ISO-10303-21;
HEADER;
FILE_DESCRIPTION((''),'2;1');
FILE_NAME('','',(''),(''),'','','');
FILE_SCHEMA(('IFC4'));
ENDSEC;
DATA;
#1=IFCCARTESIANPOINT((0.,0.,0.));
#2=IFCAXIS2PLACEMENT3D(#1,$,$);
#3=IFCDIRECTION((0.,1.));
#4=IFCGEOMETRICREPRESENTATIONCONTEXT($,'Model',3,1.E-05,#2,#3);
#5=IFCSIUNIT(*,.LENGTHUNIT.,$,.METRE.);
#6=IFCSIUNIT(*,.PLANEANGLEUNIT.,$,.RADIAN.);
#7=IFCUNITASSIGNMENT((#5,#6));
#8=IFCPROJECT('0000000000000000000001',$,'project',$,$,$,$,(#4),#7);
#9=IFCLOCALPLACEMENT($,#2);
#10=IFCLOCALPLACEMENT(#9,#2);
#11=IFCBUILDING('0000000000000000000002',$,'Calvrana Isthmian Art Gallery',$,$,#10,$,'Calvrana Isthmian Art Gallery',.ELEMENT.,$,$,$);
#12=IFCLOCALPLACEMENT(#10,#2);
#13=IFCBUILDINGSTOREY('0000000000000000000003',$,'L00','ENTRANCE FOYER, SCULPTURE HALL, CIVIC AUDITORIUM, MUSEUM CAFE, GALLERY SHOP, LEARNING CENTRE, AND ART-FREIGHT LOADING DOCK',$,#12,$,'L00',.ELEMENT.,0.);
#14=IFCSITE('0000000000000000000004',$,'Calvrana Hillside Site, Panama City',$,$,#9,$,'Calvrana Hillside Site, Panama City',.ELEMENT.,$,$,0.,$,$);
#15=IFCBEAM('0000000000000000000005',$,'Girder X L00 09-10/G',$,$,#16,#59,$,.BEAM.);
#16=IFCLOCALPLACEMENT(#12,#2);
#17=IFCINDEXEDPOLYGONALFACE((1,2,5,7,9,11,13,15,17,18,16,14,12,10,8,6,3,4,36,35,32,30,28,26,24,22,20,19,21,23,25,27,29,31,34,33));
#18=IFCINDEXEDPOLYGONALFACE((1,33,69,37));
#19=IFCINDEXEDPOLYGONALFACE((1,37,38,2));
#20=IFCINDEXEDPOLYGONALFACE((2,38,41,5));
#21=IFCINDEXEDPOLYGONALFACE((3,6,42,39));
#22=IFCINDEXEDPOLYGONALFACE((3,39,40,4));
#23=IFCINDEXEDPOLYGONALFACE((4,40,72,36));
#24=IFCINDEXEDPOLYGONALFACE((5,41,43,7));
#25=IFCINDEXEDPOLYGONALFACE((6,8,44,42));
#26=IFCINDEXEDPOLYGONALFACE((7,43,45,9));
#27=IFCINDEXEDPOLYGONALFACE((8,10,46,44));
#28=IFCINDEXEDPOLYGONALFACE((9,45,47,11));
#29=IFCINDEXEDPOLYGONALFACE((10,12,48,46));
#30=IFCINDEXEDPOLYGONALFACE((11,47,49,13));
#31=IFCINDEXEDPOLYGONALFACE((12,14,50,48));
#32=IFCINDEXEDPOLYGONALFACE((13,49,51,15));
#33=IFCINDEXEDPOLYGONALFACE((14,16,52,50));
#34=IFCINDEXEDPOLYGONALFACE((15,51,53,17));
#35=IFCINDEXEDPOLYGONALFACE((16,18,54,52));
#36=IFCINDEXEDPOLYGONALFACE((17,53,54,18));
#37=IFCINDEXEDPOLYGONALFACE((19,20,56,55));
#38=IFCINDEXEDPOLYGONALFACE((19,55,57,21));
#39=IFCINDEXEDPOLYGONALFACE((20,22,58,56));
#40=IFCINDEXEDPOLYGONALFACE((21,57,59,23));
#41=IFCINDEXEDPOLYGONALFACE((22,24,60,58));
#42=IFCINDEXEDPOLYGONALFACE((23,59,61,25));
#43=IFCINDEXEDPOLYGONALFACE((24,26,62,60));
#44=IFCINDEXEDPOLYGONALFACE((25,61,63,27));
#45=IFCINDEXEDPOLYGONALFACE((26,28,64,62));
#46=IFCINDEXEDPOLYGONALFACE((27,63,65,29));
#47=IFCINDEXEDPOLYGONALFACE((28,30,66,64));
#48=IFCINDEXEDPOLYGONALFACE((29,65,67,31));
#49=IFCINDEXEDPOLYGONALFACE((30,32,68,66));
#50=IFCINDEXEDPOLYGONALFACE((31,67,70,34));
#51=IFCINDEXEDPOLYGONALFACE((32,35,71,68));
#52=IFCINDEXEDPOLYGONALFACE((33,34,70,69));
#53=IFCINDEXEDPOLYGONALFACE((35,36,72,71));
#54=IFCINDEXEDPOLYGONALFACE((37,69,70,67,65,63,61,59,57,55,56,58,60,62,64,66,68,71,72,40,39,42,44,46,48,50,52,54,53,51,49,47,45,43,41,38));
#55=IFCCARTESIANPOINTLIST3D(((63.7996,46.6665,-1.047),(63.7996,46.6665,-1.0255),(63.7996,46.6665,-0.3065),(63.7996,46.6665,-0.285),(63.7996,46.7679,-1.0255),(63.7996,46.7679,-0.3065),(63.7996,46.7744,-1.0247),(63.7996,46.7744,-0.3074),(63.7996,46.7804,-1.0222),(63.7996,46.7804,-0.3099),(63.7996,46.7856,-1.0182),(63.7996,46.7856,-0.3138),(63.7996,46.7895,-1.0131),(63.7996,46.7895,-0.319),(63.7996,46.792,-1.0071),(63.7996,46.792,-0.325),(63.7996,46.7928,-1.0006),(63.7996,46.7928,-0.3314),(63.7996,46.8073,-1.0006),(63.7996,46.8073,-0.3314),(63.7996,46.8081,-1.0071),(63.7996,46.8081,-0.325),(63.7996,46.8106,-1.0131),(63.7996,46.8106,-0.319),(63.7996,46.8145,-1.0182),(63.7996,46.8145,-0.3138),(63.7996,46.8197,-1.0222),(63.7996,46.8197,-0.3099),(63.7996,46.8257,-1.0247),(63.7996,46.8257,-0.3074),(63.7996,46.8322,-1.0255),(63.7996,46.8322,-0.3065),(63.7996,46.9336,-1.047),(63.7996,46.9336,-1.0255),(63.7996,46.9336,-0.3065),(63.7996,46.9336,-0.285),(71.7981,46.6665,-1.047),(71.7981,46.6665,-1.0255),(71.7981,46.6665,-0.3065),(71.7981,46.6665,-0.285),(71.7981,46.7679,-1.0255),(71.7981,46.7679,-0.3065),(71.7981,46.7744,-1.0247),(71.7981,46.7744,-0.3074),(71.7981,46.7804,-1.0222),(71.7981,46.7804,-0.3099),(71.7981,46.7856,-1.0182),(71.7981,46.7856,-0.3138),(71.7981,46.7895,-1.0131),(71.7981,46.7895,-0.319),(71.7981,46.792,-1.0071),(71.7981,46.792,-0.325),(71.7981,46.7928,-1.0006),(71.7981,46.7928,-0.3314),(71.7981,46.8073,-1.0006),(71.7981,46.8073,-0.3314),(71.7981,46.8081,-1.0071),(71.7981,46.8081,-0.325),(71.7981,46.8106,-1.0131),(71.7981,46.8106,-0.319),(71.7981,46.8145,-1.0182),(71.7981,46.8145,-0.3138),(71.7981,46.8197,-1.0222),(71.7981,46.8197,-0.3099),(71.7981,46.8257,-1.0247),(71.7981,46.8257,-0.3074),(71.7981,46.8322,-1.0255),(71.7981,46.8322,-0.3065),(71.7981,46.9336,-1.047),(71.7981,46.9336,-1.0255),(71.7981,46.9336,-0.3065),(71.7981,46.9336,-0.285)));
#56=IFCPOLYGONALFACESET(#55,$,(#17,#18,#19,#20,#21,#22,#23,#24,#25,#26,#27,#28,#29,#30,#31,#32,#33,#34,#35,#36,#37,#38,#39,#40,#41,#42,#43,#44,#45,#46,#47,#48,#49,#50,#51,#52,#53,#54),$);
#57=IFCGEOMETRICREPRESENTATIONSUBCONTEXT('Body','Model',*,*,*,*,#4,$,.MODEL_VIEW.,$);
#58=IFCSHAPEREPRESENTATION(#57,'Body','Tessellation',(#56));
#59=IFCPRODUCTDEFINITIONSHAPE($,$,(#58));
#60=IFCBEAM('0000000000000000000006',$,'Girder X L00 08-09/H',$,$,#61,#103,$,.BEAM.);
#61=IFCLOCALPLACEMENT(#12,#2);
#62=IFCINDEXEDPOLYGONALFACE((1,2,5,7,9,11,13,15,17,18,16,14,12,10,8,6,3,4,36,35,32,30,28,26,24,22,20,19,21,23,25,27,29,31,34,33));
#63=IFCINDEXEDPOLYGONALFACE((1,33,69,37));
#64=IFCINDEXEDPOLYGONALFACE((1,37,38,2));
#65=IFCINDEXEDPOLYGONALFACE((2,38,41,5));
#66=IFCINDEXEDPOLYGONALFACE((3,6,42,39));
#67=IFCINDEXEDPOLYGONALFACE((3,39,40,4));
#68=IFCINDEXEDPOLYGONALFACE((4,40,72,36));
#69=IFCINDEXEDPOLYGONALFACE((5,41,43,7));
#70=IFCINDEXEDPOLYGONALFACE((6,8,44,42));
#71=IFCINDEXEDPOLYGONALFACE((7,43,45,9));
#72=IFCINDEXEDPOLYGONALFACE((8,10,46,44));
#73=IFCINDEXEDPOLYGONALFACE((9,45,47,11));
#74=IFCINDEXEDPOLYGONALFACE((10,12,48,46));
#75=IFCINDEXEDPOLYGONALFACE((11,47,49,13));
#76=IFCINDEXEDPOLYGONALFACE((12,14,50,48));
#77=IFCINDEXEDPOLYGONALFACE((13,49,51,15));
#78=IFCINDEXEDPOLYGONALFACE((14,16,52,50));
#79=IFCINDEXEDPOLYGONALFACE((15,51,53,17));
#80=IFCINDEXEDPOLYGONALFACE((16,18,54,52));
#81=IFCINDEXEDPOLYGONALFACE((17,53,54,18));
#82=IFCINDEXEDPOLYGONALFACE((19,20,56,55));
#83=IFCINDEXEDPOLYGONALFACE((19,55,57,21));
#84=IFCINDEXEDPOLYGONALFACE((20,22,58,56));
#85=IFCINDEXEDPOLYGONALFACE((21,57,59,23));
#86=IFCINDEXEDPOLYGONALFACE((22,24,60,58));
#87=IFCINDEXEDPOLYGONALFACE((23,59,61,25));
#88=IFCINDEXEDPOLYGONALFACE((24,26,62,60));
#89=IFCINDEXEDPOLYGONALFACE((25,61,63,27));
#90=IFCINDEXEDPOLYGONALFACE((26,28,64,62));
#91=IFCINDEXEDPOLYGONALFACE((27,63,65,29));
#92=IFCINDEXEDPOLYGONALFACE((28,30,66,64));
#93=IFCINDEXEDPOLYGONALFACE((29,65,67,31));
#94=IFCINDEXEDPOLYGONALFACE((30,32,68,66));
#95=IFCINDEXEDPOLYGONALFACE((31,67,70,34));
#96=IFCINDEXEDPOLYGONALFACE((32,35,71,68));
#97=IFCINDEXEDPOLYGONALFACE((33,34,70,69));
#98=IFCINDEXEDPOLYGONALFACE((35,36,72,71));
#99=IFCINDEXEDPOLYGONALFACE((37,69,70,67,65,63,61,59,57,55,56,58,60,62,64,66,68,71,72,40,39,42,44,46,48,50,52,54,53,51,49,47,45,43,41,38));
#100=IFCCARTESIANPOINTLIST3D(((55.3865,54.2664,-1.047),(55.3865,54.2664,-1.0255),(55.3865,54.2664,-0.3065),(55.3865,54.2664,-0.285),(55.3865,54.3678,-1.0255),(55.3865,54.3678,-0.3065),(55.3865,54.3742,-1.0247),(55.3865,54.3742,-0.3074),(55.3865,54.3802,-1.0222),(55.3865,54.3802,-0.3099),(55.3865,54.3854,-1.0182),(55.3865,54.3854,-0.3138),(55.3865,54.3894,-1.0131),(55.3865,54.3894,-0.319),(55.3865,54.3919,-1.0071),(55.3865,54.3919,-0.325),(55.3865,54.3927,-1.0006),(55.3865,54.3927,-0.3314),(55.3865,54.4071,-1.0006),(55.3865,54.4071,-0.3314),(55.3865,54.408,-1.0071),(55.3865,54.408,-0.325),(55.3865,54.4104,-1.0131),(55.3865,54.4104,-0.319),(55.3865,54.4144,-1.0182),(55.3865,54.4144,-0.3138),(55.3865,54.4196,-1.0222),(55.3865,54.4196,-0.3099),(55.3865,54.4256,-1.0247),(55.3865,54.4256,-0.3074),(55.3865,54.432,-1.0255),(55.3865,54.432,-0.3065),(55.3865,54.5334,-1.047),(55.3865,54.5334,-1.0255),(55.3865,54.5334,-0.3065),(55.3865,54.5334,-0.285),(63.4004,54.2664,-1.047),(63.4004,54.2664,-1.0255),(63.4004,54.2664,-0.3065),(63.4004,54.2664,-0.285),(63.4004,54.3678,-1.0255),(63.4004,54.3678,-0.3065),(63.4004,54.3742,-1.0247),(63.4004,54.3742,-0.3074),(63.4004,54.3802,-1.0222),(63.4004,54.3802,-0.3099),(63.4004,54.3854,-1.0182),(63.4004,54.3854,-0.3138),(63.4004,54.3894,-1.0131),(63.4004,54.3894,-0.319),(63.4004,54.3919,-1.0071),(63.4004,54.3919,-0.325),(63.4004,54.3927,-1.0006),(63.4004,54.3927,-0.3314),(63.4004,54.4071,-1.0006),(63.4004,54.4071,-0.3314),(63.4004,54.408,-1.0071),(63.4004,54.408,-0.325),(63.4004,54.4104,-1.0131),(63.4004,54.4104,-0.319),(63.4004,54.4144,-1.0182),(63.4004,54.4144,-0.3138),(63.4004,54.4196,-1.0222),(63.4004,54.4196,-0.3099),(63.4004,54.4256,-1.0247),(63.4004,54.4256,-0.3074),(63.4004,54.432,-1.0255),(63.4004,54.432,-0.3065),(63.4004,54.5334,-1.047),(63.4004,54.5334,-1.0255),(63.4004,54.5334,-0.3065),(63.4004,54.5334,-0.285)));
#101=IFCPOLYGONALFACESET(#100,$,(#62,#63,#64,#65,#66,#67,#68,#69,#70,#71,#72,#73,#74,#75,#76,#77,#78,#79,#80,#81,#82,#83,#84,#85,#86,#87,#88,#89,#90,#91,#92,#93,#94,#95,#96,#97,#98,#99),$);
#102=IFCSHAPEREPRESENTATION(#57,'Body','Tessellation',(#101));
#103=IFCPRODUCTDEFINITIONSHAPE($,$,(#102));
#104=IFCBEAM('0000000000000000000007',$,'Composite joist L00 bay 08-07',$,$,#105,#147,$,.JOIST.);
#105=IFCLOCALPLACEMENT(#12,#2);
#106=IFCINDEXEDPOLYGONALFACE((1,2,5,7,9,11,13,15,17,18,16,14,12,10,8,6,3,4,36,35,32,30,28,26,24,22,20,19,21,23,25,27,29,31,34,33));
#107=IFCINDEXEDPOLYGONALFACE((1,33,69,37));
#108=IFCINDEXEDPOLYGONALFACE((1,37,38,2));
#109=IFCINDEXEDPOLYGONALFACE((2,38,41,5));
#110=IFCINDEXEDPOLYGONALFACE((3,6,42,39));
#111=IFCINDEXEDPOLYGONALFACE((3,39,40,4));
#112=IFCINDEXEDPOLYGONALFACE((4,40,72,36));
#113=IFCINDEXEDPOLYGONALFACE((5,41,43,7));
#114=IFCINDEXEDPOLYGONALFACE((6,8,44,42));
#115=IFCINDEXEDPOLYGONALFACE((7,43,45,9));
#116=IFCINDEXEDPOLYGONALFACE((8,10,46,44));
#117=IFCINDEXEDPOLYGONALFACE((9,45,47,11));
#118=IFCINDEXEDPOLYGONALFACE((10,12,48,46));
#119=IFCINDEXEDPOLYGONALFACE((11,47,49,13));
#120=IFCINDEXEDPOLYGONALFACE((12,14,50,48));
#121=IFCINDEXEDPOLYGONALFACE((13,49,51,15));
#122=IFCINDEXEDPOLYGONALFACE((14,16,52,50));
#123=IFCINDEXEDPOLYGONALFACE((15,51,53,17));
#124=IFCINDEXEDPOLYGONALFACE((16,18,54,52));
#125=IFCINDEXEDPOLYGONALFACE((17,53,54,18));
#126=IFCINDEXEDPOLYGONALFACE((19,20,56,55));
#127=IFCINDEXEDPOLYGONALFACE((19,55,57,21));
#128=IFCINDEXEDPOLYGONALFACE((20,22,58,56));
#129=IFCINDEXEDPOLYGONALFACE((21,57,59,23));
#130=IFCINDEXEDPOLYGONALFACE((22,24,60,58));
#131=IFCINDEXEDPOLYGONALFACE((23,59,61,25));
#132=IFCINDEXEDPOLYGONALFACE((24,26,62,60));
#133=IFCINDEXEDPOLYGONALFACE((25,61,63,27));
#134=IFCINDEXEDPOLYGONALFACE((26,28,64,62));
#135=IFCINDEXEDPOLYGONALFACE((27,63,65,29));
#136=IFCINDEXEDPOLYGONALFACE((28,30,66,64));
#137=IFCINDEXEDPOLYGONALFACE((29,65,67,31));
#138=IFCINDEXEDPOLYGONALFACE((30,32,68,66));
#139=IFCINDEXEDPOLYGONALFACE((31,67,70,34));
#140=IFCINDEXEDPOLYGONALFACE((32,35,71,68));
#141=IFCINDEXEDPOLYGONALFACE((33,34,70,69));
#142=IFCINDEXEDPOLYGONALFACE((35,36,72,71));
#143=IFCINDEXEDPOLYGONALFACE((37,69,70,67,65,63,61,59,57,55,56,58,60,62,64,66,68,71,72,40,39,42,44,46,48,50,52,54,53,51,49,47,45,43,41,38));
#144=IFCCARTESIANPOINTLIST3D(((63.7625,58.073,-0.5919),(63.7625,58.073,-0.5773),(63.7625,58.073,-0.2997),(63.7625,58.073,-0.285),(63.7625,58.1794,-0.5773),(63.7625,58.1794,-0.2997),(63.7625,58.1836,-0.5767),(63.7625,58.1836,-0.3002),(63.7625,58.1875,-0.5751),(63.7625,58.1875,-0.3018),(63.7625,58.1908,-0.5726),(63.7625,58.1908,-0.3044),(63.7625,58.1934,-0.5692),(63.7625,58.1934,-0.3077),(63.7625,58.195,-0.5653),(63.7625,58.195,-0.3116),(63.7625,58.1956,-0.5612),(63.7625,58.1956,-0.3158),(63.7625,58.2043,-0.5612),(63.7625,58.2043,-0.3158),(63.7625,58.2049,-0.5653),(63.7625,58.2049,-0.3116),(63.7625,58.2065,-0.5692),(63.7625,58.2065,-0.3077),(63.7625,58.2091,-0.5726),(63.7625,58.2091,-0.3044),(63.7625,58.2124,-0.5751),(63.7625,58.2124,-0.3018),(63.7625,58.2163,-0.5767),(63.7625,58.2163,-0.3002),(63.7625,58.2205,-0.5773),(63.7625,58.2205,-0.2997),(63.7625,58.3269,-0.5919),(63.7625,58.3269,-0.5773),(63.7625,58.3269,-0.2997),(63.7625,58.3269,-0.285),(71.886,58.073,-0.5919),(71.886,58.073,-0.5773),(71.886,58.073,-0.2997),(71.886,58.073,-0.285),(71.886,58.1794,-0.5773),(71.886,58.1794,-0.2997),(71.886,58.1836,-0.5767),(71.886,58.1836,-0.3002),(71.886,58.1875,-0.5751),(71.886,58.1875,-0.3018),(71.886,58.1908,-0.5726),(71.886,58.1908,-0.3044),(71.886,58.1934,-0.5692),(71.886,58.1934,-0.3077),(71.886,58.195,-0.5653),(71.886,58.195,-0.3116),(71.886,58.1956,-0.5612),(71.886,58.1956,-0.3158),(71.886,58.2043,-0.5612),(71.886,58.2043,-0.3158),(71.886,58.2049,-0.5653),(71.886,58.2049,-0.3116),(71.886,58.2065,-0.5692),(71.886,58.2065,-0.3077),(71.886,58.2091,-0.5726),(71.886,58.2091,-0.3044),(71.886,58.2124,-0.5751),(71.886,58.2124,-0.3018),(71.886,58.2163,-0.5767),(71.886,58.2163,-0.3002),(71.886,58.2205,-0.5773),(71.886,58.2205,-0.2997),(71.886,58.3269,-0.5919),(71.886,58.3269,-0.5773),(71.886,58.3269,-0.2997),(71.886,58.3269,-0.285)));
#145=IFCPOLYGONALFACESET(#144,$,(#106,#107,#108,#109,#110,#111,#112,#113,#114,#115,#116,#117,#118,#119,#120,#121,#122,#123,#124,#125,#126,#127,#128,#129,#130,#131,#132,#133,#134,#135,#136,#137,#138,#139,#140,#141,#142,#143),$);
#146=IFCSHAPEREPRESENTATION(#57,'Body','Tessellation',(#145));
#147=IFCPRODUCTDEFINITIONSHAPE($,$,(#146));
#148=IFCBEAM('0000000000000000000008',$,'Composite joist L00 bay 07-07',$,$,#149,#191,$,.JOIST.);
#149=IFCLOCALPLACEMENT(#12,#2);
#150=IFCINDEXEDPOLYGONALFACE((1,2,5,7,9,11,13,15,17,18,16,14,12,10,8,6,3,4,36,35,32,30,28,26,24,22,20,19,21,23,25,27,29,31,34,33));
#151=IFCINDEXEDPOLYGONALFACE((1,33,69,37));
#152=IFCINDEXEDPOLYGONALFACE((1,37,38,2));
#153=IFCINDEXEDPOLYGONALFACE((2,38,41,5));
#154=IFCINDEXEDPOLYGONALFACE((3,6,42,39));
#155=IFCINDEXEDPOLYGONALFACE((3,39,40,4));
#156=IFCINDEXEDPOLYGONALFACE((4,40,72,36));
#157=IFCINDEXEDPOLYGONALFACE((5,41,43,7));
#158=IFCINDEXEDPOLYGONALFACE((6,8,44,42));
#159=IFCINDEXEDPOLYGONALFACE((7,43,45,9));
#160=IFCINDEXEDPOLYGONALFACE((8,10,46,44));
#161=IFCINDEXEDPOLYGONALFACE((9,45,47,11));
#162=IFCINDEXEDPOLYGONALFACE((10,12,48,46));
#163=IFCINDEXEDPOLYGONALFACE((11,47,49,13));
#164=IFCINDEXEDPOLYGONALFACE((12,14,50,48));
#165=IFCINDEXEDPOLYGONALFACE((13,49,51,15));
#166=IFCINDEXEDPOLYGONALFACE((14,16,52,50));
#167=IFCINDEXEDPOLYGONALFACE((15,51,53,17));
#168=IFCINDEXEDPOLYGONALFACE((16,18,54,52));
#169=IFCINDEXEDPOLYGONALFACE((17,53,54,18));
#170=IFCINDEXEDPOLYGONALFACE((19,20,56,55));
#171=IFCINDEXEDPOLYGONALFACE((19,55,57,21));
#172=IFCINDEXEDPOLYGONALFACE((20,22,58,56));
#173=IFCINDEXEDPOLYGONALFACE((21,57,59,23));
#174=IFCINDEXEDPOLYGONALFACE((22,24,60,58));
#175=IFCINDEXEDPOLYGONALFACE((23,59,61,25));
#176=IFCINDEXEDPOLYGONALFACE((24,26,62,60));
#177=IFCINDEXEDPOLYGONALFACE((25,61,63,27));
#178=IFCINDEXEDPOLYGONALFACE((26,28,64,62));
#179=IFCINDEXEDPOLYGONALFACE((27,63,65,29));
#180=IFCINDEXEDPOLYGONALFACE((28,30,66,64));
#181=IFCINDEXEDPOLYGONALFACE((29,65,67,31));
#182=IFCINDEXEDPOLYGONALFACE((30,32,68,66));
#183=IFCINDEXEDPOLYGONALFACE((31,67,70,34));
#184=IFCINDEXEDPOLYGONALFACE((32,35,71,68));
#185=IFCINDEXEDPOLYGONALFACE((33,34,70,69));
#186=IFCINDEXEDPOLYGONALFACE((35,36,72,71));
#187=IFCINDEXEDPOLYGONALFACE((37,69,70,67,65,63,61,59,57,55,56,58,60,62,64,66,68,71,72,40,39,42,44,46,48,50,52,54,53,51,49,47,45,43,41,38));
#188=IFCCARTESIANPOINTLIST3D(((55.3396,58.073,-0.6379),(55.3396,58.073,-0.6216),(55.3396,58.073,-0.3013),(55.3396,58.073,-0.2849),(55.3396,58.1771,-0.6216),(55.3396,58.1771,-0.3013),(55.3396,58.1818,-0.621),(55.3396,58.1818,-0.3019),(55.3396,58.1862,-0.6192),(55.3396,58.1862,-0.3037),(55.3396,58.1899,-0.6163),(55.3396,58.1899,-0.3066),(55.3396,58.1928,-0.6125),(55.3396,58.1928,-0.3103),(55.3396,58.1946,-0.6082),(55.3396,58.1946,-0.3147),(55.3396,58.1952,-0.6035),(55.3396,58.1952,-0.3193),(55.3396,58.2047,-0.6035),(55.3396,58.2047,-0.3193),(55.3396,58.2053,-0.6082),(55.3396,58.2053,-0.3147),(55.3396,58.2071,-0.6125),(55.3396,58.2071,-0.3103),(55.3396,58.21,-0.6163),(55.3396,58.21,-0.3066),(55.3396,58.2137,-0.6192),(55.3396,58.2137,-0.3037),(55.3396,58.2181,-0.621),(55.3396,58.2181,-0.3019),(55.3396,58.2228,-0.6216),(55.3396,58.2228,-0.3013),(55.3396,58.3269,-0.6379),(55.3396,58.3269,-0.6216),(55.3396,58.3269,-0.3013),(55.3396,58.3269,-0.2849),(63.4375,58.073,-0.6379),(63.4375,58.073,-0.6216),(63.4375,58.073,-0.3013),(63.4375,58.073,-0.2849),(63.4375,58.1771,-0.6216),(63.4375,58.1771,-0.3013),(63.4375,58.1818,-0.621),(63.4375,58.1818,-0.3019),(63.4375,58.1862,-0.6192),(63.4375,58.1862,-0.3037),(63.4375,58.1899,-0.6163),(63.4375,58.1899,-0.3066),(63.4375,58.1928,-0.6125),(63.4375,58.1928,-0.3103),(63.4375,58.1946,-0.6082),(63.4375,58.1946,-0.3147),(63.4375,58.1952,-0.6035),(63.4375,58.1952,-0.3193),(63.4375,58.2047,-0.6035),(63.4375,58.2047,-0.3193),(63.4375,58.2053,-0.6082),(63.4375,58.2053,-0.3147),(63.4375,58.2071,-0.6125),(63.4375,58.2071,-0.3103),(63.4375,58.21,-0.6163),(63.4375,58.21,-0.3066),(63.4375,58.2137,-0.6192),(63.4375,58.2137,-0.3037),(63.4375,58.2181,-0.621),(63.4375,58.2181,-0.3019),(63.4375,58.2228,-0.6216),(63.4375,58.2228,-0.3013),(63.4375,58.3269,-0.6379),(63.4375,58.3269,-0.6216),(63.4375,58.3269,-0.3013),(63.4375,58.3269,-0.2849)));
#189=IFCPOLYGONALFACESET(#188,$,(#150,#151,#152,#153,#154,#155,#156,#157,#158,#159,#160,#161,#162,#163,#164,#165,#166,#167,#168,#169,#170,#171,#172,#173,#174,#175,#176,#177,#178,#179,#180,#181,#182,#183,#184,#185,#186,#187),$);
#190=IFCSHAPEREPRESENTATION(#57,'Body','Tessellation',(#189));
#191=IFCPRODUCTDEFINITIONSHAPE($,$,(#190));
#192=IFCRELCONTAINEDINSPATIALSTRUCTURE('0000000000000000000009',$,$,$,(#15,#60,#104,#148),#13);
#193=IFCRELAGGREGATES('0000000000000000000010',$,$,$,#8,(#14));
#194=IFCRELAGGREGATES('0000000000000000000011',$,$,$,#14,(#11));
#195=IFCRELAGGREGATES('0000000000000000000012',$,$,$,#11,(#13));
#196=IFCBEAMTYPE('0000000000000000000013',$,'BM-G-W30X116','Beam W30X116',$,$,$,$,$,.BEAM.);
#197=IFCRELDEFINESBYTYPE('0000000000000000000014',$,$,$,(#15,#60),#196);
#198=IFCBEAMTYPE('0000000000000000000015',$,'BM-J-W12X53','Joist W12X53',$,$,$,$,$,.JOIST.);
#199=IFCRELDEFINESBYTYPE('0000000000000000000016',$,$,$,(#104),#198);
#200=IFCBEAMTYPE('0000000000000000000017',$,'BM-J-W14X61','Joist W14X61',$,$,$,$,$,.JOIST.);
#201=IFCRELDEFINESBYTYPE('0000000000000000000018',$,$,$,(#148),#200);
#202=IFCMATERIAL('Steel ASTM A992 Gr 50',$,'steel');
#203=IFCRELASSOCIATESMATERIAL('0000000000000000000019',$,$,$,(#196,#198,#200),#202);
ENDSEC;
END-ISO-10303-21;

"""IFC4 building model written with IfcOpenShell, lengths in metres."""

from ifc_helpers import new_model, si_unit, direction, frame, origin, origin_2d, place, context, subcontext, project, spatial, i_section, extrude, material, material_profile, profile_set, type_object, element, save


model = new_model("IFC4")

# Units and contexts
model_context = context("Model", 3, precision=1e-05, world=origin(), true_north=direction((0.0, 1.0)))
body_context = subcontext(model_context, "Body", "Model", "MODEL_VIEW")
ifc_project = project(units=[si_unit("LENGTHUNIT", "METRE"), si_unit("PLANEANGLEUNIT", "RADIAN")], contexts=[model_context])

# Site, building, storey
site_placement = place(None, origin())
site = spatial("IfcSite", under=ifc_project, at=site_placement, Name="Calvrana Hillside Site, Panama City", LongName="Calvrana Hillside Site, Panama City", CompositionType="ELEMENT", RefElevation=0.0)
building_placement = place(site_placement, origin())
building = spatial("IfcBuilding", under=site, at=building_placement, Name="Calvrana Isthmian Art Gallery", LongName="Calvrana Isthmian Art Gallery", CompositionType="ELEMENT")
storey_placement = place(building_placement, origin())
storey = spatial("IfcBuildingStorey", under=building, at=storey_placement, Name="L00", Description="ENTRANCE FOYER, SCULPTURE HALL, CIVIC AUDITORIUM, MUSEUM CAFE, GALLERY SHOP, LEARNING CENTRE, AND ART-FREIGHT LOADING DOCK", LongName="L00", CompositionType="ELEMENT", Elevation=0.0)

# Shared definitions
ifc_material_1 = material(Name="Steel ASTM A992 Gr 50", Category="steel")

# Beams
ifc_material_profile_1 = material_profile(ifc_material_1, i_section(OverallWidth=0.2671, OverallDepth=0.762, WebThickness=0.0144, FlangeThickness=0.0215, FilletRadius=0.0249, at=origin_2d()), Name="W30X116")
ifc_profile_set_1 = profile_set([ifc_material_profile_1], Name="Steel ASTM A992 Gr 50")
beam_type_1 = type_object("IfcBeamType", Name="BM-G-W30X116", Description="Beam W30X116", PredefinedType="BEAM", material=ifc_profile_set_1)
beam_1_placement = place(storey_placement, frame((63.7996, 46.8, -0.666), z_axis=(1.0, 0.0, 0.0), x_axis=(0.0, 1.0, 0.0)))
element("IfcBeam", 1, at=beam_1_placement, inside=storey, type_object=beam_type_1, Name="Girder X L00 09-10/G", PredefinedType="BEAM", context=body_context, shape_type="SweptSolid", body=[
    extrude(i_section(OverallWidth=0.2671, OverallDepth=0.762, WebThickness=0.0144, FlangeThickness=0.0215, FilletRadius=0.0249, at=origin_2d()), origin(), (0.0, 0.0, 1.0), 7.9985),
])
beam_2_placement = place(storey_placement, frame((55.3865, 54.3999, -0.666), z_axis=(1.0, 0.0, 0.0), x_axis=(0.0, 1.0, 0.0)))
element("IfcBeam", 2, at=beam_2_placement, inside=storey, type_object=beam_type_1, Name="Girder X L00 08-09/H", PredefinedType="BEAM", context=body_context, shape_type="SweptSolid", body=[
    extrude(i_section(OverallWidth=0.2671, OverallDepth=0.762, WebThickness=0.0144, FlangeThickness=0.0215, FilletRadius=0.0249, at=origin_2d()), origin(), (0.0, 0.0, 1.0), 8.0139),
])
ifc_material_profile_2 = material_profile(ifc_material_1, i_section(OverallWidth=0.2539, OverallDepth=0.3069, WebThickness=0.0088, FlangeThickness=0.0146, FilletRadius=0.0161, at=origin_2d()), Name="W12X53")
ifc_profile_set_2 = profile_set([ifc_material_profile_2], Name="Steel ASTM A992 Gr 50")
beam_type_2 = type_object("IfcBeamType", Name="BM-J-W12X53", Description="Joist W12X53", PredefinedType="JOIST", material=ifc_profile_set_2)
beam_3_placement = place(storey_placement, frame((63.7625, 58.2, -0.4385), z_axis=(1.0, 0.0, 0.0), x_axis=(0.0, 1.0, 0.0)))
element("IfcBeam", 3, at=beam_3_placement, inside=storey, type_object=beam_type_2, Name="Composite joist L00 bay 08-07", PredefinedType="JOIST", context=body_context, shape_type="SweptSolid", body=[
    extrude(i_section(OverallWidth=0.2539, OverallDepth=0.3069, WebThickness=0.0088, FlangeThickness=0.0146, FilletRadius=0.0161, at=origin_2d()), origin(), (0.0, 0.0, 1.0), 8.1235),
])
ifc_material_profile_3 = material_profile(ifc_material_1, i_section(OverallWidth=0.2539, OverallDepth=0.353, WebThickness=0.0095, FlangeThickness=0.0164, FilletRadius=0.0181, at=origin_2d()), Name="W14X61")
ifc_profile_set_3 = profile_set([ifc_material_profile_3], Name="Steel ASTM A992 Gr 50")
beam_type_3 = type_object("IfcBeamType", Name="BM-J-W14X61", Description="Joist W14X61", PredefinedType="JOIST", material=ifc_profile_set_3)
for number, where, z_axis, x_axis, name in (
    (4, (55.3396, 58.2, -0.4614), (1.0, 0.0, 0.0), (0.0, 1.0, 0.0), "Composite joist L00 bay 07-07"),
):
    element("IfcBeam", number, at=place(storey_placement, frame(where, z_axis=z_axis, x_axis=x_axis)), inside=storey, type_object=beam_type_3, Name=name, PredefinedType="JOIST", context=body_context, shape_type="SweptSolid", body=[
        extrude(i_section(OverallWidth=0.2539, OverallDepth=0.353, WebThickness=0.0095, FlangeThickness=0.0164, FilletRadius=0.0181, at=origin_2d()), origin(), (0.0, 0.0, 1.0), 8.0979),
    ])

save(model, "model.ifc")
